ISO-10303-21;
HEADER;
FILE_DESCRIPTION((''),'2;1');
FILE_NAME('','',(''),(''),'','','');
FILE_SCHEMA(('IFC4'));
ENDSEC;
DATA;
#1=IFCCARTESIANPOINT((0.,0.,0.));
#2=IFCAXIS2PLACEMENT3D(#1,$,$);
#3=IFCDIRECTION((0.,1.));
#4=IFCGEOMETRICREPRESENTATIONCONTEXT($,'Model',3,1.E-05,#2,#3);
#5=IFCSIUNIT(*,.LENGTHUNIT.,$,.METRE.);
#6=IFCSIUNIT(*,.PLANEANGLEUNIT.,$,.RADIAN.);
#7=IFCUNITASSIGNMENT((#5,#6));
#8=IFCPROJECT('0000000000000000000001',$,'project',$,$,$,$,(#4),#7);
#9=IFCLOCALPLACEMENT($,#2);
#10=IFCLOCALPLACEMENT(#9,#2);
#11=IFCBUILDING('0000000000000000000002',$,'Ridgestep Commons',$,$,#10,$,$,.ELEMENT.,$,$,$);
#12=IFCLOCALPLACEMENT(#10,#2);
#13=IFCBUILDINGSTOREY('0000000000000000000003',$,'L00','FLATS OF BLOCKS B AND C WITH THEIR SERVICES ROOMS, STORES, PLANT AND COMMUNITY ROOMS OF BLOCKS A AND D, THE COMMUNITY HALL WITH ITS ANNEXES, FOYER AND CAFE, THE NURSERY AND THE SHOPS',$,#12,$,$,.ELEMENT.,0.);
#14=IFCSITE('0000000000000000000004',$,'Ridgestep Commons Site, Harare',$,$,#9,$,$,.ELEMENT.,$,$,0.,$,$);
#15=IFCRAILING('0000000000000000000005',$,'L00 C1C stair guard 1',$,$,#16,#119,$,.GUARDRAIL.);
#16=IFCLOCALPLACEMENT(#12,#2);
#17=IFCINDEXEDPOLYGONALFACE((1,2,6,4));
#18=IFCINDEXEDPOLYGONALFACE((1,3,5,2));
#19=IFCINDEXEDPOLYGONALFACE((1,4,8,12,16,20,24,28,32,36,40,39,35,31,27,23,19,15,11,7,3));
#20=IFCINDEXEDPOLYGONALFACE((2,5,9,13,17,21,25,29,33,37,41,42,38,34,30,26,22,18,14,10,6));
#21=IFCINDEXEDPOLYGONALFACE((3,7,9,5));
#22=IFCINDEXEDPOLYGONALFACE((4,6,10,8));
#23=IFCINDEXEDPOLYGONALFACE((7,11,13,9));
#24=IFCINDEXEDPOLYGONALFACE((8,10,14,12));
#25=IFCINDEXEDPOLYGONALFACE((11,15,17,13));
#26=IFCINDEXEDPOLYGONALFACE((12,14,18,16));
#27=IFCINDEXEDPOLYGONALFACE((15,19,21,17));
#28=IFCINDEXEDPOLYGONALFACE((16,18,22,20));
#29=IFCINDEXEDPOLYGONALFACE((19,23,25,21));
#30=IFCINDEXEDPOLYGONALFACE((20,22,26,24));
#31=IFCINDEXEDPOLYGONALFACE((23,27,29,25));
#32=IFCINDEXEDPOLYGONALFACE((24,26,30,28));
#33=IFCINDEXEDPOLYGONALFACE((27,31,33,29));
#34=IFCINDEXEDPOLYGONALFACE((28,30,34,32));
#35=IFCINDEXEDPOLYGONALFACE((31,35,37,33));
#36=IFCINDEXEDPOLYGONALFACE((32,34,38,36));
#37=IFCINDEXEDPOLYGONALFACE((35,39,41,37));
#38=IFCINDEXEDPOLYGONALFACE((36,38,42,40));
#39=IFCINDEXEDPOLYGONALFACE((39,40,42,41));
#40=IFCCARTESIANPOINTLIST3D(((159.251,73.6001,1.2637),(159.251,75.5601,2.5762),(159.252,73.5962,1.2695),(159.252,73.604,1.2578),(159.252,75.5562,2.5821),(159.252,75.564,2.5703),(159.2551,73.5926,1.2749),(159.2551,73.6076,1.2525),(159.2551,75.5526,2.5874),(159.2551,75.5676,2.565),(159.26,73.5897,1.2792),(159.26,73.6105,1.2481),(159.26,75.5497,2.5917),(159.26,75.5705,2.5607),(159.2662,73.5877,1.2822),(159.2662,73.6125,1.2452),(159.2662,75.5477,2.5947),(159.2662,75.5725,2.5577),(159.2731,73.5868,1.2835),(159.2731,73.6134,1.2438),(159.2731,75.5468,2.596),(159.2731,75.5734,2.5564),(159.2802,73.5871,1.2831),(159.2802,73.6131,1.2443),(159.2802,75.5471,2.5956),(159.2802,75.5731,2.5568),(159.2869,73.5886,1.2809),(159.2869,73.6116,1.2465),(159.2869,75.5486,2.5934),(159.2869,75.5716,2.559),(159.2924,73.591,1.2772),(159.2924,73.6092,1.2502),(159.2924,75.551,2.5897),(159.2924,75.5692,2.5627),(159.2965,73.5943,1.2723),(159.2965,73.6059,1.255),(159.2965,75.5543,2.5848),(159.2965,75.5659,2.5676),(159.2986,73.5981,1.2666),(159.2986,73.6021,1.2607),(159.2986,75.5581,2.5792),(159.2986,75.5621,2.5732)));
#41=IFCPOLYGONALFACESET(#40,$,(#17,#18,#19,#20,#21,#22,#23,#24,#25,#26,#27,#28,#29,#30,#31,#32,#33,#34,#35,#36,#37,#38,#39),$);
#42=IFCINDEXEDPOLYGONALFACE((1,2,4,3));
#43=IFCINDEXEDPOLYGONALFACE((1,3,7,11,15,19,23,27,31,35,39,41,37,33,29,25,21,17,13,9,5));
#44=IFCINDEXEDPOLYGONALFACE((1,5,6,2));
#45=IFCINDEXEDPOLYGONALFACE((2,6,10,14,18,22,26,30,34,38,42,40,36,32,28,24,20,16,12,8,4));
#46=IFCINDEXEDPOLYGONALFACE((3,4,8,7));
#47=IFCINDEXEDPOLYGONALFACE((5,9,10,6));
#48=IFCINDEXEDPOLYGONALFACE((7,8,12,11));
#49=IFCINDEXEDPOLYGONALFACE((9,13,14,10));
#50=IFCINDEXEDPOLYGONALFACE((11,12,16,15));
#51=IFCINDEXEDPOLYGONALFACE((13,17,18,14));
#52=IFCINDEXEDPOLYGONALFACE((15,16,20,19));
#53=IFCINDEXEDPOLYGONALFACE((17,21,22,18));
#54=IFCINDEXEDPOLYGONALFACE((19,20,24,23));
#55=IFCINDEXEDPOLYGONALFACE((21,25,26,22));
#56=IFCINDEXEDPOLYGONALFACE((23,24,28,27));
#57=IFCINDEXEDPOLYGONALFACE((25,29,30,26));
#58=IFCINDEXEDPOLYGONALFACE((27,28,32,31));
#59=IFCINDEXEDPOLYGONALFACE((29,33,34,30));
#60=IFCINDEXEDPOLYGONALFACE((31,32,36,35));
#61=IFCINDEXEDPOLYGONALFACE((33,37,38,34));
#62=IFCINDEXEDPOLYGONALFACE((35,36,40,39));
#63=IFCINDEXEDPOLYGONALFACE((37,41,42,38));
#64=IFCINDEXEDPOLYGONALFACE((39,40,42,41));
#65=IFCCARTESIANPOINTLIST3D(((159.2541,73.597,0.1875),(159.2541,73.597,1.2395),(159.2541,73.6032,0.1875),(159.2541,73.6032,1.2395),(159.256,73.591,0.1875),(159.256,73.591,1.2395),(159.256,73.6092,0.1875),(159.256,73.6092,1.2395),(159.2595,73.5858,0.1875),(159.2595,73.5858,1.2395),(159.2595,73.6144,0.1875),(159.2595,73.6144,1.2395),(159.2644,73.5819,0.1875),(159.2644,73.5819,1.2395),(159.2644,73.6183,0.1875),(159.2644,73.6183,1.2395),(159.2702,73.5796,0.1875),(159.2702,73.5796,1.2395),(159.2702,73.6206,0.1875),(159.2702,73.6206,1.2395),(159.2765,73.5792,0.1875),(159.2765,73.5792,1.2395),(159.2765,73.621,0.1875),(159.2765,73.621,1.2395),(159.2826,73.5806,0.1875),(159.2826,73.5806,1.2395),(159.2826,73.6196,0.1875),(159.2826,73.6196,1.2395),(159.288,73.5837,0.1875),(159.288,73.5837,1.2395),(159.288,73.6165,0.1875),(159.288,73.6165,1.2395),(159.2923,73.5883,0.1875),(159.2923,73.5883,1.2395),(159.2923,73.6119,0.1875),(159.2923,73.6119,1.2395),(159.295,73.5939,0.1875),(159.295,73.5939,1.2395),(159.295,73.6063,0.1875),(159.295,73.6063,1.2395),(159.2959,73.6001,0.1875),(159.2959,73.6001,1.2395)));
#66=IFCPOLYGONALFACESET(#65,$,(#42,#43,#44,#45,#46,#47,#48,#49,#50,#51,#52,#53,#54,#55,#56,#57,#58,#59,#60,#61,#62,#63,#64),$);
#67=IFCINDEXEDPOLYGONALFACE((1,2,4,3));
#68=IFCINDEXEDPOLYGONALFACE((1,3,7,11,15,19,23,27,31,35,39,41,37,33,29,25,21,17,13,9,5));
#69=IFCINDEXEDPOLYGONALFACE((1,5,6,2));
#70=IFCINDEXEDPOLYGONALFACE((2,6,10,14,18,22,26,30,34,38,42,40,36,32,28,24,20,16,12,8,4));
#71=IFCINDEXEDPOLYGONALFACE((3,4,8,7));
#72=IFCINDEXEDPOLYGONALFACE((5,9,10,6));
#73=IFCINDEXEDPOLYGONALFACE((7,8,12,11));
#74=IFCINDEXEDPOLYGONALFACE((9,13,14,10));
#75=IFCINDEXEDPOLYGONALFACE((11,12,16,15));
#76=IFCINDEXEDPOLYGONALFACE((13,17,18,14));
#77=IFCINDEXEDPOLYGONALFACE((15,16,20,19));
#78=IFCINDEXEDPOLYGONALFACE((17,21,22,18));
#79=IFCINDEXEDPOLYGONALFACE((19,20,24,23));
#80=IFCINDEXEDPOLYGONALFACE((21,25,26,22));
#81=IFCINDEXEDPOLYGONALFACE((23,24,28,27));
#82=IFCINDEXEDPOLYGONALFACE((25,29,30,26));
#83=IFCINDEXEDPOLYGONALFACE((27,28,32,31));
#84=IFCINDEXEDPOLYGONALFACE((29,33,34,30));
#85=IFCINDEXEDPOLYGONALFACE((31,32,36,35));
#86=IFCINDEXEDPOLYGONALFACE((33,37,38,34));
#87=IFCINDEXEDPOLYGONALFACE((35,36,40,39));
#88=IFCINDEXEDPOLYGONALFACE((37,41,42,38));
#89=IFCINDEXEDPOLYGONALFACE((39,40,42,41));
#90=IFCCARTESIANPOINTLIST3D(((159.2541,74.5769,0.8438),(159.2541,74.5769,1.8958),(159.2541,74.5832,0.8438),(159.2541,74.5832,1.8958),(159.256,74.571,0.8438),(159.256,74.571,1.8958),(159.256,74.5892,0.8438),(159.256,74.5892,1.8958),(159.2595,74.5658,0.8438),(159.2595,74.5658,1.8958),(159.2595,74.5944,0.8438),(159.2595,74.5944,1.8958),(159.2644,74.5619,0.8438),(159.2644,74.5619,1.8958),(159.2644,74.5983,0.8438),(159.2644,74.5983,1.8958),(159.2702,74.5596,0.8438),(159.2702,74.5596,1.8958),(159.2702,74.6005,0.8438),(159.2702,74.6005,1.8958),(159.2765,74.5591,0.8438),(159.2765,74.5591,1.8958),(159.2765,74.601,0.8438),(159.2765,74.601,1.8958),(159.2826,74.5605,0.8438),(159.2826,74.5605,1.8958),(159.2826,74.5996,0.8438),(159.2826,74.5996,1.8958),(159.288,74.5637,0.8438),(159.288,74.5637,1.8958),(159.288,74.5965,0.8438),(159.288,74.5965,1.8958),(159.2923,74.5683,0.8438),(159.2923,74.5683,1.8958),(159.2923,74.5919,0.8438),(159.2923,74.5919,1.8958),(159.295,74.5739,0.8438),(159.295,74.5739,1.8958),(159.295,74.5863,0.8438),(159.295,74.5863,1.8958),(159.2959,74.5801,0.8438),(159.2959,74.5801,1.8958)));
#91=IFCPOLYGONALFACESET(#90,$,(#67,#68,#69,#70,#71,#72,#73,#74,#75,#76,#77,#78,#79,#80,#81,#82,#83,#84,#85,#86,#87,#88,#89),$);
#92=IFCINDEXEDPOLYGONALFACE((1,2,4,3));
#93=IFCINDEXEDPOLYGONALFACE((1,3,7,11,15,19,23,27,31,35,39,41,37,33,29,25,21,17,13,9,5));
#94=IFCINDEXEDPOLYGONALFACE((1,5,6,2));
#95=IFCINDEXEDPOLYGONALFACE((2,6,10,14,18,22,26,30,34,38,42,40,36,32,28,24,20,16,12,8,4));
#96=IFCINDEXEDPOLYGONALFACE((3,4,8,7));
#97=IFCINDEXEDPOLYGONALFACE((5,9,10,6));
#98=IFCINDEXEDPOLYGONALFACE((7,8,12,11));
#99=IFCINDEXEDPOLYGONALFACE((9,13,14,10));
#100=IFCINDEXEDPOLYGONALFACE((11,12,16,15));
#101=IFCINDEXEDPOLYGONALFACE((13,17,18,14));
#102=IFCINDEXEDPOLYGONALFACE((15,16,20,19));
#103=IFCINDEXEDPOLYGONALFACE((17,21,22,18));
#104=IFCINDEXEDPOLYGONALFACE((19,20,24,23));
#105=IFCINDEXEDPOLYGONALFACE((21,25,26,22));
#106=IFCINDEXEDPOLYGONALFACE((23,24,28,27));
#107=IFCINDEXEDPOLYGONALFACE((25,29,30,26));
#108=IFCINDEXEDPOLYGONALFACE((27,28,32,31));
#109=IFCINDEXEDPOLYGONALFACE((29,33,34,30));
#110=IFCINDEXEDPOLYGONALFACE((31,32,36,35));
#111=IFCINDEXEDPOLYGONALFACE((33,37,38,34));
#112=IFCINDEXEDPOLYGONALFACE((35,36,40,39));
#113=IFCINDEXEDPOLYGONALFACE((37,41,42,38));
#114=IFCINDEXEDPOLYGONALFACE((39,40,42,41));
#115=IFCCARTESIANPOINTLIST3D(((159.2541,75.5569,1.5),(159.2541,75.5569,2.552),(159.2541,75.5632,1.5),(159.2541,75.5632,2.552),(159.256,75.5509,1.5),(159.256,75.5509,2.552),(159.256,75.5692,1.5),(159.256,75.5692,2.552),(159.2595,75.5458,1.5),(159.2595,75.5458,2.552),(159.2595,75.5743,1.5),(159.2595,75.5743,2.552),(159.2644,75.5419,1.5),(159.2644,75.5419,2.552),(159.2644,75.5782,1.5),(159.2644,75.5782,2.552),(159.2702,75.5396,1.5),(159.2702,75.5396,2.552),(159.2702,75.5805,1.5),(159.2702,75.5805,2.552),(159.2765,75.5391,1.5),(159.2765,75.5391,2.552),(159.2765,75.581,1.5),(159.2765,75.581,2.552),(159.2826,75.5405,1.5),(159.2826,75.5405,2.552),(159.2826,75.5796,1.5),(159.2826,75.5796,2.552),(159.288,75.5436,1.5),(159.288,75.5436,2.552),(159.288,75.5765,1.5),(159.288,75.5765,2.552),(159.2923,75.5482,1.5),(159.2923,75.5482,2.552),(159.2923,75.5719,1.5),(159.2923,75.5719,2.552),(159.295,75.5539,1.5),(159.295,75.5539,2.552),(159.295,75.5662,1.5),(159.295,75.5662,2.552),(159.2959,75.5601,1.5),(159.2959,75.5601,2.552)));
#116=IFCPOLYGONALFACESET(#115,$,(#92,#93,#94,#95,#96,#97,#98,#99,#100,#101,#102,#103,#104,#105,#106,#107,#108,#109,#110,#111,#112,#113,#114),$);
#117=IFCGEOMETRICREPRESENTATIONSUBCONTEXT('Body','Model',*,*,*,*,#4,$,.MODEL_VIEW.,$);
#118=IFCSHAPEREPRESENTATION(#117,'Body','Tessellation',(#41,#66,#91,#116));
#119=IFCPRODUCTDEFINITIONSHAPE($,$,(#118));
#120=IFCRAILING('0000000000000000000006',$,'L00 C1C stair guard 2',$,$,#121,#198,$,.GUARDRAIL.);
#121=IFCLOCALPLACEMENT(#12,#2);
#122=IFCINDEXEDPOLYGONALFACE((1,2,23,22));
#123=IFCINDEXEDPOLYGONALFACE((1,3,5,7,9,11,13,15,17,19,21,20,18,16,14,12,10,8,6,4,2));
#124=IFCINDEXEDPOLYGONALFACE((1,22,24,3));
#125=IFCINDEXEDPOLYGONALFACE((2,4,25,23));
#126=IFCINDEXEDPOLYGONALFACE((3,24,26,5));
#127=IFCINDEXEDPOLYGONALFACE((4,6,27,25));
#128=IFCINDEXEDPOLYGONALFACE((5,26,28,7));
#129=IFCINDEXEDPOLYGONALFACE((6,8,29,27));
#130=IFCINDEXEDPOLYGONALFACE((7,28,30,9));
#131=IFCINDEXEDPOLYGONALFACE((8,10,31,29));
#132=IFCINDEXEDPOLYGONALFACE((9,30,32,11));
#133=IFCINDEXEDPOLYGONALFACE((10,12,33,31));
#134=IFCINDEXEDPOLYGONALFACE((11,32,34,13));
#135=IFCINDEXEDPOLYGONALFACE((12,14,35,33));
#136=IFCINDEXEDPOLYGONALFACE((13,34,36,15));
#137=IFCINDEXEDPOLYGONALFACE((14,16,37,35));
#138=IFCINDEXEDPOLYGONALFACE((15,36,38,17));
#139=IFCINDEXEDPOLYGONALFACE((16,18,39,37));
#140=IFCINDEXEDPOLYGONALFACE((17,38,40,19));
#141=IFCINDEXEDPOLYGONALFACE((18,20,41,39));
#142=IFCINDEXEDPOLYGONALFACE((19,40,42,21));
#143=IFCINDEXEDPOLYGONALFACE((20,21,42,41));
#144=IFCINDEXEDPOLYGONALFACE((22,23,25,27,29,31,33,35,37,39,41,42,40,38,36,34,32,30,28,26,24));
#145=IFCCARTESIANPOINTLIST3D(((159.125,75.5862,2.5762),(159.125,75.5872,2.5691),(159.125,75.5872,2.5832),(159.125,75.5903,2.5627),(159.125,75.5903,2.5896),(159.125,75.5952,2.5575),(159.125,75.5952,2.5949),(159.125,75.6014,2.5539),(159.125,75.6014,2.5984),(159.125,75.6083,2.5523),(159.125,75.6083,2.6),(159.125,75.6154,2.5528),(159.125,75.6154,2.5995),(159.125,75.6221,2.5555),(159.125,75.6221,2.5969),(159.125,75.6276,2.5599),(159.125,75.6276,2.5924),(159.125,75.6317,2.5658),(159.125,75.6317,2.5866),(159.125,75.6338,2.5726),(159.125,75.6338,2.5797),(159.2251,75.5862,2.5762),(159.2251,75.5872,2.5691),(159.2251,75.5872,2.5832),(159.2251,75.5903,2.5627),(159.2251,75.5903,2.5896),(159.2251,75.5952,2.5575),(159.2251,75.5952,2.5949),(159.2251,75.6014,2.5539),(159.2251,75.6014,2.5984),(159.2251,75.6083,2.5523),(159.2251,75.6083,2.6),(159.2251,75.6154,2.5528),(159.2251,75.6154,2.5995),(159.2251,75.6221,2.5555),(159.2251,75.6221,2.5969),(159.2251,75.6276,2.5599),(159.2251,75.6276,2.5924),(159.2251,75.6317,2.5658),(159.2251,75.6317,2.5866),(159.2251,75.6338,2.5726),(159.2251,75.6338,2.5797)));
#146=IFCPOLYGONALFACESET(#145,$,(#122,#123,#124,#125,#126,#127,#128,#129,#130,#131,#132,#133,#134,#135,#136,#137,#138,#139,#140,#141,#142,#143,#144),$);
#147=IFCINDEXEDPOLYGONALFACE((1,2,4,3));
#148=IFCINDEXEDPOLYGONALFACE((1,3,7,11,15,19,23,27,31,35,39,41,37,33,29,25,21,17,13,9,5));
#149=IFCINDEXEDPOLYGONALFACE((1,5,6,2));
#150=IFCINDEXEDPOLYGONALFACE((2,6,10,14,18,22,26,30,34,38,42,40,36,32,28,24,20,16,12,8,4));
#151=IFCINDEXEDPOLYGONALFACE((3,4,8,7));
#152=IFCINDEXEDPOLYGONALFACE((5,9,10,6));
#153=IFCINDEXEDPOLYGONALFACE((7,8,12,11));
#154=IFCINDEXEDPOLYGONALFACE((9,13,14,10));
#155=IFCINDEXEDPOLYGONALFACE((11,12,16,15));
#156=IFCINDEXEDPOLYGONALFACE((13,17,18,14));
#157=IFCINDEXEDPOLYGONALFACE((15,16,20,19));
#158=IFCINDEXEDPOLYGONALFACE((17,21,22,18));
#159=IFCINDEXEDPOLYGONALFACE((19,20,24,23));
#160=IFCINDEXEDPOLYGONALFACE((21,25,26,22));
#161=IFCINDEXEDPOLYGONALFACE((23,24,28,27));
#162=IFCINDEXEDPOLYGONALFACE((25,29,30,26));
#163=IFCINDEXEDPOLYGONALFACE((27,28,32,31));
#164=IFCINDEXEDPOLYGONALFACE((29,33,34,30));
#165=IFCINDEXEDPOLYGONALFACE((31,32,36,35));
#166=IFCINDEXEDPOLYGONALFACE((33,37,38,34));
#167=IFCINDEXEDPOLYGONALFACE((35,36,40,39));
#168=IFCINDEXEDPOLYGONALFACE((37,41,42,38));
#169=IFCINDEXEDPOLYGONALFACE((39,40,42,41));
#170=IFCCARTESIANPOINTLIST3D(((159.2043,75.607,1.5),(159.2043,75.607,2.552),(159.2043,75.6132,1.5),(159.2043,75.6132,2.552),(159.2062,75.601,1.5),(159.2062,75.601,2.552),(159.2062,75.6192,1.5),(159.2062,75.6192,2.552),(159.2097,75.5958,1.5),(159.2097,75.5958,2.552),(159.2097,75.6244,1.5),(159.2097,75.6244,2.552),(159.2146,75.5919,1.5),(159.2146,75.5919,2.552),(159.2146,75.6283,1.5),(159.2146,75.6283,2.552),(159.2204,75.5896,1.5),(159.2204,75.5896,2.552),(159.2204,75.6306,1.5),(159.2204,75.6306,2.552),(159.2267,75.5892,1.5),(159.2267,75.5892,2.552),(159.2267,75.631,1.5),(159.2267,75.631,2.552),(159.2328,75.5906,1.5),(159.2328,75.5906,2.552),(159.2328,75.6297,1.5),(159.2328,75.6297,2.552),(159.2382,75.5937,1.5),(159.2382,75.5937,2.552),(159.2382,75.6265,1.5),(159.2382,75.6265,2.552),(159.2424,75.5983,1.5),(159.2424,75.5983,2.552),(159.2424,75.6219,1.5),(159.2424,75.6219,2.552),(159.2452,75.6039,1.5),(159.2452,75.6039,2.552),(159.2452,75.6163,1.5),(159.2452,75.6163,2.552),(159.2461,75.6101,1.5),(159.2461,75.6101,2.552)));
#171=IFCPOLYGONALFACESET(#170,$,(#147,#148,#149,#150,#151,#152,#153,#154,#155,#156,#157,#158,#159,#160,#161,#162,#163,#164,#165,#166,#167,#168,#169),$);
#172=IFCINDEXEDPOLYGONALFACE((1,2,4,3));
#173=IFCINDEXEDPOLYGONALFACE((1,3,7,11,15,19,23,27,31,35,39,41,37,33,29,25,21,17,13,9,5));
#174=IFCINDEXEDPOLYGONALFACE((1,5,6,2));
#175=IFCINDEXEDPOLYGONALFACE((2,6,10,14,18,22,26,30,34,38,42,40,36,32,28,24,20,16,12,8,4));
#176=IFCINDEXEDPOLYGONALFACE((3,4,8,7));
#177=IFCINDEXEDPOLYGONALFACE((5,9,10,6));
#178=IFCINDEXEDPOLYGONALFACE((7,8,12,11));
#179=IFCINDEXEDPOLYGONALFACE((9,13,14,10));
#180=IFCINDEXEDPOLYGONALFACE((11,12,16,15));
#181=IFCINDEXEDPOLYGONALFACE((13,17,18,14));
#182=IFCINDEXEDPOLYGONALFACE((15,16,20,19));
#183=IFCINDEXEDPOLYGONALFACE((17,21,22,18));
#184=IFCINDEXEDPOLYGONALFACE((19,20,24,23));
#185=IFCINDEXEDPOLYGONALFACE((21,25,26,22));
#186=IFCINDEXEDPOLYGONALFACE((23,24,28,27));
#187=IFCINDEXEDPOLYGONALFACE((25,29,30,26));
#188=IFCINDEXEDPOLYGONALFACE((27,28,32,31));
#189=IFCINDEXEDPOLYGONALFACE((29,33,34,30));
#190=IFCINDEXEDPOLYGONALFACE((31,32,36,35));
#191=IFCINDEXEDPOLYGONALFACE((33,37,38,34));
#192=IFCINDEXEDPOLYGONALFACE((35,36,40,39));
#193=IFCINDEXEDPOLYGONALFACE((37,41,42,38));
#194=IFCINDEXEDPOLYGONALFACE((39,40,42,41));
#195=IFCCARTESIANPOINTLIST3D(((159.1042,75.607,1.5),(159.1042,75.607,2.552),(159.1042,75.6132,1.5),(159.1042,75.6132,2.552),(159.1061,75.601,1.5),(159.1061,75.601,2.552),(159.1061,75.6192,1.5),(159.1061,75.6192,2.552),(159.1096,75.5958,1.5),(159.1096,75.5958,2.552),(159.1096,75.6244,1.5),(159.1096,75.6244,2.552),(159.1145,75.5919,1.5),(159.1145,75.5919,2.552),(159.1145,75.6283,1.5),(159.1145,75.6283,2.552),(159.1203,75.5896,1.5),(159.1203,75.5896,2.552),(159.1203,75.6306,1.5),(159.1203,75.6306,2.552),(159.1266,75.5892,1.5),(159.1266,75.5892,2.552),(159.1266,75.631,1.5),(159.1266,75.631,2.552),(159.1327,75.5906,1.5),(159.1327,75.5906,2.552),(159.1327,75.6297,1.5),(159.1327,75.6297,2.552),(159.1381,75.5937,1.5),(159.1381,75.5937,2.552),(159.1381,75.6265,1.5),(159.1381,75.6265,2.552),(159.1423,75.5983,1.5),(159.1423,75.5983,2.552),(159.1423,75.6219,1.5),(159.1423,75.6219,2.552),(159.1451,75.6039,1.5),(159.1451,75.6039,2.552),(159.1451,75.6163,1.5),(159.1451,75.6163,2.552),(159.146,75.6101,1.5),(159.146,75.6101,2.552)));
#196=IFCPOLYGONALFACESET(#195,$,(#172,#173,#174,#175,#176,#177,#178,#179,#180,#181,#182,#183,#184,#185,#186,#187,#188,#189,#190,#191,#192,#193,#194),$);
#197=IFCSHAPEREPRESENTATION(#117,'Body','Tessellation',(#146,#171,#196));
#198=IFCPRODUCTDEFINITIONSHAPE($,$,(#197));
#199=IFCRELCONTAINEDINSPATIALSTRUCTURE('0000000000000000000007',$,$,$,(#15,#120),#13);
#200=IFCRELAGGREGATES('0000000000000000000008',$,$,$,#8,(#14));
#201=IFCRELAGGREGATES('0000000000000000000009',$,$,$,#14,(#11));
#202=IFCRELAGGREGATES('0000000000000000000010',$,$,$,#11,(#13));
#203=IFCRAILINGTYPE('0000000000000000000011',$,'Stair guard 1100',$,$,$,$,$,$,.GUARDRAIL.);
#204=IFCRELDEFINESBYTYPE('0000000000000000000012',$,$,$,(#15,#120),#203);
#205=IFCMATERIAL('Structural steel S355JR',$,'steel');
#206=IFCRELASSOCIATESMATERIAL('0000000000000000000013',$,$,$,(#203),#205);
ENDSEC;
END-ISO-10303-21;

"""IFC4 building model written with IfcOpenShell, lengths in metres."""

from ifc_helpers import new_model, si_unit, direction, frame, origin, origin_2d, place, context, subcontext, project, spatial, circle, extrude, material, type_object, element, save


model = new_model("IFC4")

# Units and contexts
model_context = context("Model", 3, precision=1e-05, world=origin(), true_north=direction((0.0, 1.0)))
body_context = subcontext(model_context, "Body", "Model", "MODEL_VIEW")
ifc_project = project(units=[si_unit("LENGTHUNIT", "METRE"), si_unit("PLANEANGLEUNIT", "RADIAN")], contexts=[model_context])

# Site, building, storey
site_placement = place(None, origin())
site = spatial("IfcSite", under=ifc_project, at=site_placement, Name="Ridgestep Commons Site, Harare", CompositionType="ELEMENT", RefElevation=0.0)
building_placement = place(site_placement, origin())
building = spatial("IfcBuilding", under=site, at=building_placement, Name="Ridgestep Commons", CompositionType="ELEMENT")
storey_placement = place(building_placement, origin())
storey = spatial("IfcBuildingStorey", under=building, at=storey_placement, Name="L00", Description="FLATS OF BLOCKS B AND C WITH THEIR SERVICES ROOMS, STORES, PLANT AND COMMUNITY ROOMS OF BLOCKS A AND D, THE COMMUNITY HALL WITH ITS ANNEXES, FOYER AND CAFE, THE NURSERY AND THE SHOPS", CompositionType="ELEMENT", Elevation=0.0)

# Railings
ifc_material_1 = material(Name="Structural steel S355JR", Category="steel")
railing_type_1 = type_object("IfcRailingType", Name="Stair guard 1100", PredefinedType="GUARDRAIL", material=ifc_material_1)
railing_1_placement = place(storey_placement, frame((159.2749, 73.6001, 0.1875)))
element("IfcRailing", 1, at=railing_1_placement, inside=storey, type_object=railing_type_1, Name="L00 C1C stair guard 1", PredefinedType="GUARDRAIL", context=body_context, shape_type="SweptSolid", body=[
    extrude(circle(Radius=0.0239, at=origin_2d()), frame((0.0, 0.0, 1.0762), z_axis=(0.0, 0.830902, 0.556419), x_axis=(-1.0, 0.0, 0.0)), (0.0, 0.0, 1.0), 2.3589),
    extrude(circle(Radius=0.021, at=origin_2d()), origin(), (0.0, 0.0, 1.0), 1.052),
    extrude(circle(Radius=0.021, at=origin_2d()), frame((0.0, 0.98, 0.6562)), (0.0, 0.0, 1.0), 1.052),
    extrude(circle(Radius=0.021, at=origin_2d()), frame((0.0, 1.96, 1.3125)), (0.0, 0.0, 1.0), 1.052),
])
railing_2_placement = place(storey_placement, frame((159.2251, 75.6101, 1.5)))
element("IfcRailing", 2, at=railing_2_placement, inside=storey, type_object=railing_type_1, Name="L00 C1C stair guard 2", PredefinedType="GUARDRAIL", context=body_context, shape_type="SweptSolid", body=[
    extrude(circle(Radius=0.0239, at=origin_2d()), frame((0.0, 0.0, 1.0762), z_axis=(-1.0, 0.0, 0.0), x_axis=(0.0, -1.0, 0.0)), (0.0, 0.0, 1.0), 0.1001),
    extrude(circle(Radius=0.021, at=origin_2d()), origin(), (0.0, 0.0, 1.0), 1.052),
    extrude(circle(Radius=0.021, at=origin_2d()), frame((-0.1001, 0.0, 0.0)), (0.0, 0.0, 1.0), 1.052),
])

save(model, "model.ifc")
